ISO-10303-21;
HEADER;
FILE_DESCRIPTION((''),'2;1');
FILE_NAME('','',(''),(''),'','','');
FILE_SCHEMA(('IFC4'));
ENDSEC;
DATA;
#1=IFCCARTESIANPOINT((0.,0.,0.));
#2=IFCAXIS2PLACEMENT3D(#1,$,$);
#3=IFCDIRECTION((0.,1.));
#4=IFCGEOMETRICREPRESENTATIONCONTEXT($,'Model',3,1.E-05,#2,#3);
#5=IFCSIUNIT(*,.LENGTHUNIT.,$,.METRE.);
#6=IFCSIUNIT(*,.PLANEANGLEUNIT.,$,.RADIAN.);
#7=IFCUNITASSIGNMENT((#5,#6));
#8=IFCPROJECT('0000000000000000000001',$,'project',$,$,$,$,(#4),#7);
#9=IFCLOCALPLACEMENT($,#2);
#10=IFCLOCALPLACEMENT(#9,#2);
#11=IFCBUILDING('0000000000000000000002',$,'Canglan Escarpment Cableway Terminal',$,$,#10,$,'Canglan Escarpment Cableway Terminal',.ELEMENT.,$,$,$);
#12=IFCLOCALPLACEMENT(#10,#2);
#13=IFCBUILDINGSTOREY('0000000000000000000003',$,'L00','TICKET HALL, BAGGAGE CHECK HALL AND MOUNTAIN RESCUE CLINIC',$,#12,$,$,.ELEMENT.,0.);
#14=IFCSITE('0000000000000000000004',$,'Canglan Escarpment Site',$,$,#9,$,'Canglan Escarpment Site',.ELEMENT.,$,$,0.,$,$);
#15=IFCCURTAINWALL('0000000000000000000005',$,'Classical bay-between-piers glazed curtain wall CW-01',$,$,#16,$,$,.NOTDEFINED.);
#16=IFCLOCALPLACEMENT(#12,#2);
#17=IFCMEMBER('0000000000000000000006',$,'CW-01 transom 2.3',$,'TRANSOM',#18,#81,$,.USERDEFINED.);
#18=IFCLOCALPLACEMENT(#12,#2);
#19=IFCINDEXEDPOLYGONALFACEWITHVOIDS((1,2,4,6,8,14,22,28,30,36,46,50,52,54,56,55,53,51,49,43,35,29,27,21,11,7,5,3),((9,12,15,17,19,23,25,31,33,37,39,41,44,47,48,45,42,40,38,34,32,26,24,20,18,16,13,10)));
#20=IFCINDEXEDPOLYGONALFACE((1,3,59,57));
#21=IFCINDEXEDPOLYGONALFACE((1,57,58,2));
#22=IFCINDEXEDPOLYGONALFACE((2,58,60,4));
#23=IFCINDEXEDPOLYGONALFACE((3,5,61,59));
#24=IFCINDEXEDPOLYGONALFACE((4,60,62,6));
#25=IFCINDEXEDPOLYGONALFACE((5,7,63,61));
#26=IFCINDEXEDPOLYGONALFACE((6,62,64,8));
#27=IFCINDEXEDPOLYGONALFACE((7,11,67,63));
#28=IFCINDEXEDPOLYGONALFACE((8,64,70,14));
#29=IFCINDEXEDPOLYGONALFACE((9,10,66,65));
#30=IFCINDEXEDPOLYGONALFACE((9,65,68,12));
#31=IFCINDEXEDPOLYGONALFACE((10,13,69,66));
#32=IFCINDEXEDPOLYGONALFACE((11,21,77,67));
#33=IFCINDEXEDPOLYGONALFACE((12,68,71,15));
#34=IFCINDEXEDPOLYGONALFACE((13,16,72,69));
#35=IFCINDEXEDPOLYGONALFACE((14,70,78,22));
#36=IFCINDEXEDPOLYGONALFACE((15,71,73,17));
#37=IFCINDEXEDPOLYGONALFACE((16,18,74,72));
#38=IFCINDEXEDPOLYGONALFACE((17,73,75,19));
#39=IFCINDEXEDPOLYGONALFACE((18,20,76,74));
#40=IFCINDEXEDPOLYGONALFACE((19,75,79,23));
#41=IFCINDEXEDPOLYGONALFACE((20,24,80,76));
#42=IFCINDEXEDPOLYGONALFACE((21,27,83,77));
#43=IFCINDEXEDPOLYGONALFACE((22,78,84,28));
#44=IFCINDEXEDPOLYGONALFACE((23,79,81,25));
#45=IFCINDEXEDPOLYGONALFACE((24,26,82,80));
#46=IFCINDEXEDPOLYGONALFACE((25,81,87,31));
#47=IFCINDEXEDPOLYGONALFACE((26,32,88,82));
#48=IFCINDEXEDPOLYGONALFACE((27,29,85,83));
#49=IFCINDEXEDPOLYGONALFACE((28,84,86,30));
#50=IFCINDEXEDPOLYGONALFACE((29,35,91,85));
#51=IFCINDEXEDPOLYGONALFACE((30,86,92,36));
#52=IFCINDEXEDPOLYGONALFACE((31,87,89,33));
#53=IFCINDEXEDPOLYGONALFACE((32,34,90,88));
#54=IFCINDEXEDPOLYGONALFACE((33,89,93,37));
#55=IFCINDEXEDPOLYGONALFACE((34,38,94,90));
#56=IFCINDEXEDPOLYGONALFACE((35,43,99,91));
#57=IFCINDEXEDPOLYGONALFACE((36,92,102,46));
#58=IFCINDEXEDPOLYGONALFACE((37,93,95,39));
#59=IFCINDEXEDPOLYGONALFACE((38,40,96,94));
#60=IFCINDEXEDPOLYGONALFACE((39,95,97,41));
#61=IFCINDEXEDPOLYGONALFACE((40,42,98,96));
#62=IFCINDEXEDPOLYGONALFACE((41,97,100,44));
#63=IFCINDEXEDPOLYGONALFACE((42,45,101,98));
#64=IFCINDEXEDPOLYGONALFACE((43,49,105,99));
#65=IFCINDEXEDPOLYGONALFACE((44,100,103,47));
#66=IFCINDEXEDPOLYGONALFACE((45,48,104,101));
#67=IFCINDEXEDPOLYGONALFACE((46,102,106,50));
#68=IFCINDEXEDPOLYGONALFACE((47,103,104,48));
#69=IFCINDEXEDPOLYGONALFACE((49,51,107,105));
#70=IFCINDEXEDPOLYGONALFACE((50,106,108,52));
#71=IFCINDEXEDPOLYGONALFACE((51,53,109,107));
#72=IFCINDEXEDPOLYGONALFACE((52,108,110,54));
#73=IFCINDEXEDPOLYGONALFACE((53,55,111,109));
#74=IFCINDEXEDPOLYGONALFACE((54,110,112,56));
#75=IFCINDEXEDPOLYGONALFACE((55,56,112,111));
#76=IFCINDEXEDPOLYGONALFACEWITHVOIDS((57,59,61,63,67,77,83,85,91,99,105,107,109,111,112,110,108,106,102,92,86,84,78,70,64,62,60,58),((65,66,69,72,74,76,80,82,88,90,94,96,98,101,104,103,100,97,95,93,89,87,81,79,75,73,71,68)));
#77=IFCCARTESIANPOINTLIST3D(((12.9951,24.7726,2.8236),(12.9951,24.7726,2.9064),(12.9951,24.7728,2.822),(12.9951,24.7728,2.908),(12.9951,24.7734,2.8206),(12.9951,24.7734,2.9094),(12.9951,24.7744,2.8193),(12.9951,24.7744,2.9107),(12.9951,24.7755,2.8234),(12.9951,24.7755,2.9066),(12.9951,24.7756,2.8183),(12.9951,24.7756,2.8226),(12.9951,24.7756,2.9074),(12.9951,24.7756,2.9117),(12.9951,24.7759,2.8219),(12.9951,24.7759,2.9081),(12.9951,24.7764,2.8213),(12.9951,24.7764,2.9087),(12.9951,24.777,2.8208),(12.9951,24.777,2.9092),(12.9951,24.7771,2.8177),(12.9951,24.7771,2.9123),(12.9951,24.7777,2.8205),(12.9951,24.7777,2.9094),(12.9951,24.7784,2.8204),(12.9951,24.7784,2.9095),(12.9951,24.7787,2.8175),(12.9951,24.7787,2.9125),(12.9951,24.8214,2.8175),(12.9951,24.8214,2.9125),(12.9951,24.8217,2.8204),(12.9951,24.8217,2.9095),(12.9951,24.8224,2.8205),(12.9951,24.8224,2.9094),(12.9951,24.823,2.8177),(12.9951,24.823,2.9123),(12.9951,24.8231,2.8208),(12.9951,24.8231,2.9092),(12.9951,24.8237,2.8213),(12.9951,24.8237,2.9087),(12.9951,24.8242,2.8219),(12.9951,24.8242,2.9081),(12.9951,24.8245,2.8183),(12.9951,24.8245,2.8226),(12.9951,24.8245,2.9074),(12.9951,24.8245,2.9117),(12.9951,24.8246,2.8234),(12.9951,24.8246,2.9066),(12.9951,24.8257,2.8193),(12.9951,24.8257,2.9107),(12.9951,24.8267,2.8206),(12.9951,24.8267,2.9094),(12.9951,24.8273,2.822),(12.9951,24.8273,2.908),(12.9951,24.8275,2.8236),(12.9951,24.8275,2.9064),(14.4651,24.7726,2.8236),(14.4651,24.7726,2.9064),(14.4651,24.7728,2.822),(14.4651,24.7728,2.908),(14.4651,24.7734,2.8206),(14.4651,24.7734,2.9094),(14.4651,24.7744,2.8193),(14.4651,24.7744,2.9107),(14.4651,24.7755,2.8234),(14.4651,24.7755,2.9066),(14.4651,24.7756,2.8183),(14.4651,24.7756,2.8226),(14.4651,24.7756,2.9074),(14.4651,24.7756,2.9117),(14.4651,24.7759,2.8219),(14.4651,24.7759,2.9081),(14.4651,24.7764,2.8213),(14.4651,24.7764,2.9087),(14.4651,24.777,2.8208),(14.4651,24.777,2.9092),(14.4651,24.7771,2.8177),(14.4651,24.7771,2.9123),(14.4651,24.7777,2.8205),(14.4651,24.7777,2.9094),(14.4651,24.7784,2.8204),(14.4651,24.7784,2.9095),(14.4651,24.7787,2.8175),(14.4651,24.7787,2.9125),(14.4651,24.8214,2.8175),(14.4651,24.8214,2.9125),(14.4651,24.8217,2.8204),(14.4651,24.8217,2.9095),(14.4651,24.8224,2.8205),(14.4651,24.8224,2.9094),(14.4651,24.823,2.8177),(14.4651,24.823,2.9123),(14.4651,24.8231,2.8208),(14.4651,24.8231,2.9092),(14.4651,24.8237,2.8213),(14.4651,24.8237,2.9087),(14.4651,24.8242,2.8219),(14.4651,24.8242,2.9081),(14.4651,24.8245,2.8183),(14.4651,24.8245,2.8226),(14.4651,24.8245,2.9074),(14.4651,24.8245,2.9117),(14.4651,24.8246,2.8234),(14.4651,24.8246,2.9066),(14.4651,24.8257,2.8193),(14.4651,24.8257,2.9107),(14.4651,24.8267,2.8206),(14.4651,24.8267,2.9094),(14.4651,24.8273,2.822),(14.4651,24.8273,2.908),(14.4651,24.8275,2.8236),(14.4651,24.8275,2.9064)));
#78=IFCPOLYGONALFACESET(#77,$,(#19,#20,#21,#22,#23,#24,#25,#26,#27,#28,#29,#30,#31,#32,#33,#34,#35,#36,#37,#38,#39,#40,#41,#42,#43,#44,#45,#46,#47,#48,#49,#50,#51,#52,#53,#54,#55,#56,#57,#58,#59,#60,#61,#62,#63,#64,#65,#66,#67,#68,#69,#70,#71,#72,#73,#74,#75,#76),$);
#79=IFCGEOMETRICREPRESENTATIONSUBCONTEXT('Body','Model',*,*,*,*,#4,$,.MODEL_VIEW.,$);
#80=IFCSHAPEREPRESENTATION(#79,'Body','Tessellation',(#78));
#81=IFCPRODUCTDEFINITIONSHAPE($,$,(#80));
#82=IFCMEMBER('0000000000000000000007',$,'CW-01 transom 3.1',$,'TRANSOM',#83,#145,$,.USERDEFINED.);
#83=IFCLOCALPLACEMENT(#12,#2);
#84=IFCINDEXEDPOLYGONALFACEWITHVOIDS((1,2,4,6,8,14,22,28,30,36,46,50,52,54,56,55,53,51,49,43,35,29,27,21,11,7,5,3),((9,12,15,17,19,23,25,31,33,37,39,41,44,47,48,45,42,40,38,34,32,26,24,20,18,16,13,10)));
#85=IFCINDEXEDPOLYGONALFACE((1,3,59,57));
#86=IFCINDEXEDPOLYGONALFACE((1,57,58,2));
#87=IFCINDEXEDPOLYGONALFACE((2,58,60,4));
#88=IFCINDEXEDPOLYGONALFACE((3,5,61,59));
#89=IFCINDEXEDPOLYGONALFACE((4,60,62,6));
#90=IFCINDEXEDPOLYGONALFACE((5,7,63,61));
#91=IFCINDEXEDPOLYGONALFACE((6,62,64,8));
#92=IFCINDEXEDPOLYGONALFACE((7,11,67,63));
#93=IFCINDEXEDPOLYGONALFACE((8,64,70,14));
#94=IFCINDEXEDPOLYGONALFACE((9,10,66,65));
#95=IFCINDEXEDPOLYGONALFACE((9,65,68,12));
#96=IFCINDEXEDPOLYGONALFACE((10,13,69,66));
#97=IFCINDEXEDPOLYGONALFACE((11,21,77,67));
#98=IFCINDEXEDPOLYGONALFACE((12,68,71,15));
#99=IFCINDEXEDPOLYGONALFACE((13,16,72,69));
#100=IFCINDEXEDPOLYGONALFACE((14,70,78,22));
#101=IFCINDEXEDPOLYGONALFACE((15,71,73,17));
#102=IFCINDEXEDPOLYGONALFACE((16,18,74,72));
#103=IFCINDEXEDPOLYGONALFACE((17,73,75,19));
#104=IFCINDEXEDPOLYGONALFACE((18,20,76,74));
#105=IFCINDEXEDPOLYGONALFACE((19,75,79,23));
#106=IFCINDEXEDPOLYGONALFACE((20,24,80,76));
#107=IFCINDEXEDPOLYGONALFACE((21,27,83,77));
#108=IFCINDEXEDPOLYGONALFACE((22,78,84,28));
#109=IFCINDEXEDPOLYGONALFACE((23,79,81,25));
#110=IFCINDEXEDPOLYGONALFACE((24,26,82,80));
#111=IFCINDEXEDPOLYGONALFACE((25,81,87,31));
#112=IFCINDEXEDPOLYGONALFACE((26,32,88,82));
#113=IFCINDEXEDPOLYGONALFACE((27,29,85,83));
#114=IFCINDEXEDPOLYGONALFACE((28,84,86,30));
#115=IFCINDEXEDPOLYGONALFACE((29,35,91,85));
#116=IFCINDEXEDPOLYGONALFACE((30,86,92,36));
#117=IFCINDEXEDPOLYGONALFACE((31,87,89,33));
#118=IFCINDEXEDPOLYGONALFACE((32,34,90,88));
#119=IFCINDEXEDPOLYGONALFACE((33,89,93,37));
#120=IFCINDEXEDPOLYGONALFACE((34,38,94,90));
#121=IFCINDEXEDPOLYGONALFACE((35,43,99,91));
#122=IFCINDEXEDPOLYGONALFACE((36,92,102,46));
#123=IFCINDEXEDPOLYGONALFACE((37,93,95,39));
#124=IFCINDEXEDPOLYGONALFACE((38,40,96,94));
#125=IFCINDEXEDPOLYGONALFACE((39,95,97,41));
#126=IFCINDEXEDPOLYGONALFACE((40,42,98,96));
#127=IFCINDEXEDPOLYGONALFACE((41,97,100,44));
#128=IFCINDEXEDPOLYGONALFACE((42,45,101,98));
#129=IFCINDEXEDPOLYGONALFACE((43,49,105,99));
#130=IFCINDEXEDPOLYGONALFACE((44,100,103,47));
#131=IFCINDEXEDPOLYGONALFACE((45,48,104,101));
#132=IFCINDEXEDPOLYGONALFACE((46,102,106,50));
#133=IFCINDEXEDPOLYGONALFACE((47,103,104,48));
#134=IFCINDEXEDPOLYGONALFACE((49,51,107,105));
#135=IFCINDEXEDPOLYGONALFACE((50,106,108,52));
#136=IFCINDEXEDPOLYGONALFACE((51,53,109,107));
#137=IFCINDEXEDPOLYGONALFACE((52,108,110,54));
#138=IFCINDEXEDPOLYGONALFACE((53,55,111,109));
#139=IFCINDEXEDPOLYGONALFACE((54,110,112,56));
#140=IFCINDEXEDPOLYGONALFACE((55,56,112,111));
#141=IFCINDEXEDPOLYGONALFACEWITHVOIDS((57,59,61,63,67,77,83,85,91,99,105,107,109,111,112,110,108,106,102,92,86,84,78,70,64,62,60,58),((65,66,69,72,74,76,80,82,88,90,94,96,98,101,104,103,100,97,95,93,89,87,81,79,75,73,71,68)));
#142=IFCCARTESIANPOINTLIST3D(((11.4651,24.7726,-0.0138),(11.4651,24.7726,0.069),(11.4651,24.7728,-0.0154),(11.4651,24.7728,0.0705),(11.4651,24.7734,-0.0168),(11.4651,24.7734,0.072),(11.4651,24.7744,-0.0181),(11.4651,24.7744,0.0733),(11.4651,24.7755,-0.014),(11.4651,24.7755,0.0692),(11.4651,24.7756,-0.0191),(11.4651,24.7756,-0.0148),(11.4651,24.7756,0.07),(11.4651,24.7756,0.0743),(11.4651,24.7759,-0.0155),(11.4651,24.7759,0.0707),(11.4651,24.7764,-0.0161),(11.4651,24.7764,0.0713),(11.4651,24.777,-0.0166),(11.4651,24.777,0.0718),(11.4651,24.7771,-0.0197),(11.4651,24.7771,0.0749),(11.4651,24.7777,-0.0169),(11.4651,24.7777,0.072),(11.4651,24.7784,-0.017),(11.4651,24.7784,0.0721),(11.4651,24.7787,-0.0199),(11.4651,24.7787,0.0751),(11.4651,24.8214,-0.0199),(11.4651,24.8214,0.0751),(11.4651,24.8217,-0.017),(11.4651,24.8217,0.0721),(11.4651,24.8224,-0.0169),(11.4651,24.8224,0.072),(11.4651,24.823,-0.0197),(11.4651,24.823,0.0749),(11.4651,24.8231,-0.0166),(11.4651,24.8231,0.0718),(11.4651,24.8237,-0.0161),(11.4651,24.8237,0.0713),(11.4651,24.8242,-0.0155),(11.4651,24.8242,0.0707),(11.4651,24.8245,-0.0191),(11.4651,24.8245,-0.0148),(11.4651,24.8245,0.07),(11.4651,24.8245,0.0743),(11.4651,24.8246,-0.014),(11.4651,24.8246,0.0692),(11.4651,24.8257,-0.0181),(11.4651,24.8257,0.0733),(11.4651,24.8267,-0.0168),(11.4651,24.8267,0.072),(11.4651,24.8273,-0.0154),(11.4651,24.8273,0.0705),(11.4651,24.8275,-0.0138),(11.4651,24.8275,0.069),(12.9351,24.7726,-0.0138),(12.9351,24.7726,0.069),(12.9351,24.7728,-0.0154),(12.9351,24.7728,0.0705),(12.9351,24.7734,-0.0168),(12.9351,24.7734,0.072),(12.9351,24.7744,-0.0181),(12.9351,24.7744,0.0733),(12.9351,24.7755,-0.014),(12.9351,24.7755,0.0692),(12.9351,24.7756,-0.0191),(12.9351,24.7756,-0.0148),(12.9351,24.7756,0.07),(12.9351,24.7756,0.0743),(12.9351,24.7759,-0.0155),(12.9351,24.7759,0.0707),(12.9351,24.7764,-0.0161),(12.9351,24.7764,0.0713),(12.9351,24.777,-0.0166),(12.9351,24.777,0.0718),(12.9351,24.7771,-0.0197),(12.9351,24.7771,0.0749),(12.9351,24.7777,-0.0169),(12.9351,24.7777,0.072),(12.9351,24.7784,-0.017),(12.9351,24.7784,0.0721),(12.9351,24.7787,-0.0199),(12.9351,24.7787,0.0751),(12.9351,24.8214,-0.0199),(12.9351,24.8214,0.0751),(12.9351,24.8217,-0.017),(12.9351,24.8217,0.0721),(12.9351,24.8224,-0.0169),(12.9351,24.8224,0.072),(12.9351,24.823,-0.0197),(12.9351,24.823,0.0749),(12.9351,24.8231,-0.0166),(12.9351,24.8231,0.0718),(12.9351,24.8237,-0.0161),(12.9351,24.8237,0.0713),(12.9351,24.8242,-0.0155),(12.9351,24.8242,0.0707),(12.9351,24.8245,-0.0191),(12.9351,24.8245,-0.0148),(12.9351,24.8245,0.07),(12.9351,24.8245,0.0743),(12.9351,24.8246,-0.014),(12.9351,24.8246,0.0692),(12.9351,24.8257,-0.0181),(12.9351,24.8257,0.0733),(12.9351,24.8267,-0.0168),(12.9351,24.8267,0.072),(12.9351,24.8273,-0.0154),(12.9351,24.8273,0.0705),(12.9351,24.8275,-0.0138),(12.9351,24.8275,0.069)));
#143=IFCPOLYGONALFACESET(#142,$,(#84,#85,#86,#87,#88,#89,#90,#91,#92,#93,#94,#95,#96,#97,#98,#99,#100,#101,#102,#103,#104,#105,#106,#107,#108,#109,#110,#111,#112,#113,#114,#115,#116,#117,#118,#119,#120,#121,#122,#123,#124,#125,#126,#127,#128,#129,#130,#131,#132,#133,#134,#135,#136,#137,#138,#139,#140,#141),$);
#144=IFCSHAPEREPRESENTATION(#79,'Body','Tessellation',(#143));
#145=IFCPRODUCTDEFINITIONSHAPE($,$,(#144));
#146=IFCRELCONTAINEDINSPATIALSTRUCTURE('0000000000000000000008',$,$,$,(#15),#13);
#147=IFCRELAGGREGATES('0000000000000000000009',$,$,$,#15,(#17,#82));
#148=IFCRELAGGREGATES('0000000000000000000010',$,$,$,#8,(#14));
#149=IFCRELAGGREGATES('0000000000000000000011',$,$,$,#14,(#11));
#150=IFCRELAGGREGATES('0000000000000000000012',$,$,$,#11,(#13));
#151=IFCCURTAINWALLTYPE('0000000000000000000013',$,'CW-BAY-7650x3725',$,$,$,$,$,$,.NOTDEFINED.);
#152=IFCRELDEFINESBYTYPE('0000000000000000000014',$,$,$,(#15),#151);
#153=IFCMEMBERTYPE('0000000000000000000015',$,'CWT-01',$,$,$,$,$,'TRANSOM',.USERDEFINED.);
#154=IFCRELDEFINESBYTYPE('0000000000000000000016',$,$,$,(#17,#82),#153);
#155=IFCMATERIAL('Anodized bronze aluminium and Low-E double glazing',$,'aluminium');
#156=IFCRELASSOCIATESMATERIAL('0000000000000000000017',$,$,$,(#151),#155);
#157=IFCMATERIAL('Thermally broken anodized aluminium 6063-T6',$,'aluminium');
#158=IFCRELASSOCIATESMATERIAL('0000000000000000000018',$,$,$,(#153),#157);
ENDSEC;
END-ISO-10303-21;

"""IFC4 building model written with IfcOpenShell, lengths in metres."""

from ifc_helpers import new_model, si_unit, direction, frame, origin, origin_2d, place, context, subcontext, project, spatial, hollow_rectangle, extrude, material, material_profile, profile_set, type_object, element, aggregate, save


model = new_model("IFC4")

# Units and contexts
model_context = context("Model", 3, precision=1e-05, world=origin(), true_north=direction((0.0, 1.0)))
body_context = subcontext(model_context, "Body", "Model", "MODEL_VIEW")
ifc_project = project(units=[si_unit("LENGTHUNIT", "METRE"), si_unit("PLANEANGLEUNIT", "RADIAN")], contexts=[model_context])

# Site, building, storey
site_placement = place(None, origin())
site = spatial("IfcSite", under=ifc_project, at=site_placement, Name="Canglan Escarpment Site", LongName="Canglan Escarpment Site", CompositionType="ELEMENT", RefElevation=0.0)
building_placement = place(site_placement, origin())
building = spatial("IfcBuilding", under=site, at=building_placement, Name="Canglan Escarpment Cableway Terminal", LongName="Canglan Escarpment Cableway Terminal", CompositionType="ELEMENT")
storey_placement = place(building_placement, origin())
storey = spatial("IfcBuildingStorey", under=building, at=storey_placement, Name="L00", Description="TICKET HALL, BAGGAGE CHECK HALL AND MOUNTAIN RESCUE CLINIC", CompositionType="ELEMENT", Elevation=0.0)

# Curtain wall, members
ifc_material_1 = material(Name="Anodized bronze aluminium and Low-E double glazing", Category="aluminium")
curtain_wall_type = type_object("IfcCurtainWallType", Name="CW-BAY-7650x3725", PredefinedType="NOTDEFINED", material=ifc_material_1)
curtain_wall_placement = place(storey_placement, origin())
curtain_wall = element("IfcCurtainWall", 1, at=curtain_wall_placement, inside=storey, type_object=curtain_wall_type, Name="Classical bay-between-piers glazed curtain wall CW-01", PredefinedType="NOTDEFINED")
ifc_material_2 = material(Name="Thermally broken anodized aluminium 6063-T6", Category="aluminium")
ifc_material_profile_1 = material_profile(ifc_material_2, hollow_rectangle(XDim=0.0549, YDim=0.095, WallThickness=0.0029, InnerFilletRadius=0.0029, OuterFilletRadius=0.0061, at=origin_2d()), Name="ALU-TRAN 55x95x3")
ifc_profile_set_1 = profile_set([ifc_material_profile_1], Name="Thermally broken anodized aluminium 6063-T6")
member_type_1 = type_object("IfcMemberType", Name="CWT-01", ElementType="TRANSOM", PredefinedType="USERDEFINED", material=ifc_profile_set_1)
member_1_placement = place(storey_placement, frame((14.4651, 24.8, 2.865), z_axis=(-1.0, 0.0, 0.0), x_axis=(0.0, -1.0, 0.0)))
member_1 = element("IfcMember", 2, at=member_1_placement, type_object=member_type_1, Name="CW-01 transom 2.3", ObjectType="TRANSOM", PredefinedType="USERDEFINED", context=body_context, shape_type="SweptSolid", body=[
    extrude(hollow_rectangle(XDim=0.0549, YDim=0.095, WallThickness=0.0029, InnerFilletRadius=0.0029, OuterFilletRadius=0.0061, at=origin_2d()), origin(), (0.0, 0.0, 1.0), 1.47),
])
member_2_placement = place(storey_placement, frame((12.9351, 24.8, 0.0276), z_axis=(-1.0, 0.0, 0.0), x_axis=(0.0, -1.0, 0.0)))
member_2 = element("IfcMember", 3, at=member_2_placement, type_object=member_type_1, Name="CW-01 transom 3.1", ObjectType="TRANSOM", PredefinedType="USERDEFINED", context=body_context, shape_type="SweptSolid", body=[
    extrude(hollow_rectangle(XDim=0.0549, YDim=0.095, WallThickness=0.0029, InnerFilletRadius=0.0029, OuterFilletRadius=0.0061, at=origin_2d()), origin(), (0.0, 0.0, 1.0), 1.47),
])
aggregate(curtain_wall, [member_1, member_2])

save(model, "model.ifc")
